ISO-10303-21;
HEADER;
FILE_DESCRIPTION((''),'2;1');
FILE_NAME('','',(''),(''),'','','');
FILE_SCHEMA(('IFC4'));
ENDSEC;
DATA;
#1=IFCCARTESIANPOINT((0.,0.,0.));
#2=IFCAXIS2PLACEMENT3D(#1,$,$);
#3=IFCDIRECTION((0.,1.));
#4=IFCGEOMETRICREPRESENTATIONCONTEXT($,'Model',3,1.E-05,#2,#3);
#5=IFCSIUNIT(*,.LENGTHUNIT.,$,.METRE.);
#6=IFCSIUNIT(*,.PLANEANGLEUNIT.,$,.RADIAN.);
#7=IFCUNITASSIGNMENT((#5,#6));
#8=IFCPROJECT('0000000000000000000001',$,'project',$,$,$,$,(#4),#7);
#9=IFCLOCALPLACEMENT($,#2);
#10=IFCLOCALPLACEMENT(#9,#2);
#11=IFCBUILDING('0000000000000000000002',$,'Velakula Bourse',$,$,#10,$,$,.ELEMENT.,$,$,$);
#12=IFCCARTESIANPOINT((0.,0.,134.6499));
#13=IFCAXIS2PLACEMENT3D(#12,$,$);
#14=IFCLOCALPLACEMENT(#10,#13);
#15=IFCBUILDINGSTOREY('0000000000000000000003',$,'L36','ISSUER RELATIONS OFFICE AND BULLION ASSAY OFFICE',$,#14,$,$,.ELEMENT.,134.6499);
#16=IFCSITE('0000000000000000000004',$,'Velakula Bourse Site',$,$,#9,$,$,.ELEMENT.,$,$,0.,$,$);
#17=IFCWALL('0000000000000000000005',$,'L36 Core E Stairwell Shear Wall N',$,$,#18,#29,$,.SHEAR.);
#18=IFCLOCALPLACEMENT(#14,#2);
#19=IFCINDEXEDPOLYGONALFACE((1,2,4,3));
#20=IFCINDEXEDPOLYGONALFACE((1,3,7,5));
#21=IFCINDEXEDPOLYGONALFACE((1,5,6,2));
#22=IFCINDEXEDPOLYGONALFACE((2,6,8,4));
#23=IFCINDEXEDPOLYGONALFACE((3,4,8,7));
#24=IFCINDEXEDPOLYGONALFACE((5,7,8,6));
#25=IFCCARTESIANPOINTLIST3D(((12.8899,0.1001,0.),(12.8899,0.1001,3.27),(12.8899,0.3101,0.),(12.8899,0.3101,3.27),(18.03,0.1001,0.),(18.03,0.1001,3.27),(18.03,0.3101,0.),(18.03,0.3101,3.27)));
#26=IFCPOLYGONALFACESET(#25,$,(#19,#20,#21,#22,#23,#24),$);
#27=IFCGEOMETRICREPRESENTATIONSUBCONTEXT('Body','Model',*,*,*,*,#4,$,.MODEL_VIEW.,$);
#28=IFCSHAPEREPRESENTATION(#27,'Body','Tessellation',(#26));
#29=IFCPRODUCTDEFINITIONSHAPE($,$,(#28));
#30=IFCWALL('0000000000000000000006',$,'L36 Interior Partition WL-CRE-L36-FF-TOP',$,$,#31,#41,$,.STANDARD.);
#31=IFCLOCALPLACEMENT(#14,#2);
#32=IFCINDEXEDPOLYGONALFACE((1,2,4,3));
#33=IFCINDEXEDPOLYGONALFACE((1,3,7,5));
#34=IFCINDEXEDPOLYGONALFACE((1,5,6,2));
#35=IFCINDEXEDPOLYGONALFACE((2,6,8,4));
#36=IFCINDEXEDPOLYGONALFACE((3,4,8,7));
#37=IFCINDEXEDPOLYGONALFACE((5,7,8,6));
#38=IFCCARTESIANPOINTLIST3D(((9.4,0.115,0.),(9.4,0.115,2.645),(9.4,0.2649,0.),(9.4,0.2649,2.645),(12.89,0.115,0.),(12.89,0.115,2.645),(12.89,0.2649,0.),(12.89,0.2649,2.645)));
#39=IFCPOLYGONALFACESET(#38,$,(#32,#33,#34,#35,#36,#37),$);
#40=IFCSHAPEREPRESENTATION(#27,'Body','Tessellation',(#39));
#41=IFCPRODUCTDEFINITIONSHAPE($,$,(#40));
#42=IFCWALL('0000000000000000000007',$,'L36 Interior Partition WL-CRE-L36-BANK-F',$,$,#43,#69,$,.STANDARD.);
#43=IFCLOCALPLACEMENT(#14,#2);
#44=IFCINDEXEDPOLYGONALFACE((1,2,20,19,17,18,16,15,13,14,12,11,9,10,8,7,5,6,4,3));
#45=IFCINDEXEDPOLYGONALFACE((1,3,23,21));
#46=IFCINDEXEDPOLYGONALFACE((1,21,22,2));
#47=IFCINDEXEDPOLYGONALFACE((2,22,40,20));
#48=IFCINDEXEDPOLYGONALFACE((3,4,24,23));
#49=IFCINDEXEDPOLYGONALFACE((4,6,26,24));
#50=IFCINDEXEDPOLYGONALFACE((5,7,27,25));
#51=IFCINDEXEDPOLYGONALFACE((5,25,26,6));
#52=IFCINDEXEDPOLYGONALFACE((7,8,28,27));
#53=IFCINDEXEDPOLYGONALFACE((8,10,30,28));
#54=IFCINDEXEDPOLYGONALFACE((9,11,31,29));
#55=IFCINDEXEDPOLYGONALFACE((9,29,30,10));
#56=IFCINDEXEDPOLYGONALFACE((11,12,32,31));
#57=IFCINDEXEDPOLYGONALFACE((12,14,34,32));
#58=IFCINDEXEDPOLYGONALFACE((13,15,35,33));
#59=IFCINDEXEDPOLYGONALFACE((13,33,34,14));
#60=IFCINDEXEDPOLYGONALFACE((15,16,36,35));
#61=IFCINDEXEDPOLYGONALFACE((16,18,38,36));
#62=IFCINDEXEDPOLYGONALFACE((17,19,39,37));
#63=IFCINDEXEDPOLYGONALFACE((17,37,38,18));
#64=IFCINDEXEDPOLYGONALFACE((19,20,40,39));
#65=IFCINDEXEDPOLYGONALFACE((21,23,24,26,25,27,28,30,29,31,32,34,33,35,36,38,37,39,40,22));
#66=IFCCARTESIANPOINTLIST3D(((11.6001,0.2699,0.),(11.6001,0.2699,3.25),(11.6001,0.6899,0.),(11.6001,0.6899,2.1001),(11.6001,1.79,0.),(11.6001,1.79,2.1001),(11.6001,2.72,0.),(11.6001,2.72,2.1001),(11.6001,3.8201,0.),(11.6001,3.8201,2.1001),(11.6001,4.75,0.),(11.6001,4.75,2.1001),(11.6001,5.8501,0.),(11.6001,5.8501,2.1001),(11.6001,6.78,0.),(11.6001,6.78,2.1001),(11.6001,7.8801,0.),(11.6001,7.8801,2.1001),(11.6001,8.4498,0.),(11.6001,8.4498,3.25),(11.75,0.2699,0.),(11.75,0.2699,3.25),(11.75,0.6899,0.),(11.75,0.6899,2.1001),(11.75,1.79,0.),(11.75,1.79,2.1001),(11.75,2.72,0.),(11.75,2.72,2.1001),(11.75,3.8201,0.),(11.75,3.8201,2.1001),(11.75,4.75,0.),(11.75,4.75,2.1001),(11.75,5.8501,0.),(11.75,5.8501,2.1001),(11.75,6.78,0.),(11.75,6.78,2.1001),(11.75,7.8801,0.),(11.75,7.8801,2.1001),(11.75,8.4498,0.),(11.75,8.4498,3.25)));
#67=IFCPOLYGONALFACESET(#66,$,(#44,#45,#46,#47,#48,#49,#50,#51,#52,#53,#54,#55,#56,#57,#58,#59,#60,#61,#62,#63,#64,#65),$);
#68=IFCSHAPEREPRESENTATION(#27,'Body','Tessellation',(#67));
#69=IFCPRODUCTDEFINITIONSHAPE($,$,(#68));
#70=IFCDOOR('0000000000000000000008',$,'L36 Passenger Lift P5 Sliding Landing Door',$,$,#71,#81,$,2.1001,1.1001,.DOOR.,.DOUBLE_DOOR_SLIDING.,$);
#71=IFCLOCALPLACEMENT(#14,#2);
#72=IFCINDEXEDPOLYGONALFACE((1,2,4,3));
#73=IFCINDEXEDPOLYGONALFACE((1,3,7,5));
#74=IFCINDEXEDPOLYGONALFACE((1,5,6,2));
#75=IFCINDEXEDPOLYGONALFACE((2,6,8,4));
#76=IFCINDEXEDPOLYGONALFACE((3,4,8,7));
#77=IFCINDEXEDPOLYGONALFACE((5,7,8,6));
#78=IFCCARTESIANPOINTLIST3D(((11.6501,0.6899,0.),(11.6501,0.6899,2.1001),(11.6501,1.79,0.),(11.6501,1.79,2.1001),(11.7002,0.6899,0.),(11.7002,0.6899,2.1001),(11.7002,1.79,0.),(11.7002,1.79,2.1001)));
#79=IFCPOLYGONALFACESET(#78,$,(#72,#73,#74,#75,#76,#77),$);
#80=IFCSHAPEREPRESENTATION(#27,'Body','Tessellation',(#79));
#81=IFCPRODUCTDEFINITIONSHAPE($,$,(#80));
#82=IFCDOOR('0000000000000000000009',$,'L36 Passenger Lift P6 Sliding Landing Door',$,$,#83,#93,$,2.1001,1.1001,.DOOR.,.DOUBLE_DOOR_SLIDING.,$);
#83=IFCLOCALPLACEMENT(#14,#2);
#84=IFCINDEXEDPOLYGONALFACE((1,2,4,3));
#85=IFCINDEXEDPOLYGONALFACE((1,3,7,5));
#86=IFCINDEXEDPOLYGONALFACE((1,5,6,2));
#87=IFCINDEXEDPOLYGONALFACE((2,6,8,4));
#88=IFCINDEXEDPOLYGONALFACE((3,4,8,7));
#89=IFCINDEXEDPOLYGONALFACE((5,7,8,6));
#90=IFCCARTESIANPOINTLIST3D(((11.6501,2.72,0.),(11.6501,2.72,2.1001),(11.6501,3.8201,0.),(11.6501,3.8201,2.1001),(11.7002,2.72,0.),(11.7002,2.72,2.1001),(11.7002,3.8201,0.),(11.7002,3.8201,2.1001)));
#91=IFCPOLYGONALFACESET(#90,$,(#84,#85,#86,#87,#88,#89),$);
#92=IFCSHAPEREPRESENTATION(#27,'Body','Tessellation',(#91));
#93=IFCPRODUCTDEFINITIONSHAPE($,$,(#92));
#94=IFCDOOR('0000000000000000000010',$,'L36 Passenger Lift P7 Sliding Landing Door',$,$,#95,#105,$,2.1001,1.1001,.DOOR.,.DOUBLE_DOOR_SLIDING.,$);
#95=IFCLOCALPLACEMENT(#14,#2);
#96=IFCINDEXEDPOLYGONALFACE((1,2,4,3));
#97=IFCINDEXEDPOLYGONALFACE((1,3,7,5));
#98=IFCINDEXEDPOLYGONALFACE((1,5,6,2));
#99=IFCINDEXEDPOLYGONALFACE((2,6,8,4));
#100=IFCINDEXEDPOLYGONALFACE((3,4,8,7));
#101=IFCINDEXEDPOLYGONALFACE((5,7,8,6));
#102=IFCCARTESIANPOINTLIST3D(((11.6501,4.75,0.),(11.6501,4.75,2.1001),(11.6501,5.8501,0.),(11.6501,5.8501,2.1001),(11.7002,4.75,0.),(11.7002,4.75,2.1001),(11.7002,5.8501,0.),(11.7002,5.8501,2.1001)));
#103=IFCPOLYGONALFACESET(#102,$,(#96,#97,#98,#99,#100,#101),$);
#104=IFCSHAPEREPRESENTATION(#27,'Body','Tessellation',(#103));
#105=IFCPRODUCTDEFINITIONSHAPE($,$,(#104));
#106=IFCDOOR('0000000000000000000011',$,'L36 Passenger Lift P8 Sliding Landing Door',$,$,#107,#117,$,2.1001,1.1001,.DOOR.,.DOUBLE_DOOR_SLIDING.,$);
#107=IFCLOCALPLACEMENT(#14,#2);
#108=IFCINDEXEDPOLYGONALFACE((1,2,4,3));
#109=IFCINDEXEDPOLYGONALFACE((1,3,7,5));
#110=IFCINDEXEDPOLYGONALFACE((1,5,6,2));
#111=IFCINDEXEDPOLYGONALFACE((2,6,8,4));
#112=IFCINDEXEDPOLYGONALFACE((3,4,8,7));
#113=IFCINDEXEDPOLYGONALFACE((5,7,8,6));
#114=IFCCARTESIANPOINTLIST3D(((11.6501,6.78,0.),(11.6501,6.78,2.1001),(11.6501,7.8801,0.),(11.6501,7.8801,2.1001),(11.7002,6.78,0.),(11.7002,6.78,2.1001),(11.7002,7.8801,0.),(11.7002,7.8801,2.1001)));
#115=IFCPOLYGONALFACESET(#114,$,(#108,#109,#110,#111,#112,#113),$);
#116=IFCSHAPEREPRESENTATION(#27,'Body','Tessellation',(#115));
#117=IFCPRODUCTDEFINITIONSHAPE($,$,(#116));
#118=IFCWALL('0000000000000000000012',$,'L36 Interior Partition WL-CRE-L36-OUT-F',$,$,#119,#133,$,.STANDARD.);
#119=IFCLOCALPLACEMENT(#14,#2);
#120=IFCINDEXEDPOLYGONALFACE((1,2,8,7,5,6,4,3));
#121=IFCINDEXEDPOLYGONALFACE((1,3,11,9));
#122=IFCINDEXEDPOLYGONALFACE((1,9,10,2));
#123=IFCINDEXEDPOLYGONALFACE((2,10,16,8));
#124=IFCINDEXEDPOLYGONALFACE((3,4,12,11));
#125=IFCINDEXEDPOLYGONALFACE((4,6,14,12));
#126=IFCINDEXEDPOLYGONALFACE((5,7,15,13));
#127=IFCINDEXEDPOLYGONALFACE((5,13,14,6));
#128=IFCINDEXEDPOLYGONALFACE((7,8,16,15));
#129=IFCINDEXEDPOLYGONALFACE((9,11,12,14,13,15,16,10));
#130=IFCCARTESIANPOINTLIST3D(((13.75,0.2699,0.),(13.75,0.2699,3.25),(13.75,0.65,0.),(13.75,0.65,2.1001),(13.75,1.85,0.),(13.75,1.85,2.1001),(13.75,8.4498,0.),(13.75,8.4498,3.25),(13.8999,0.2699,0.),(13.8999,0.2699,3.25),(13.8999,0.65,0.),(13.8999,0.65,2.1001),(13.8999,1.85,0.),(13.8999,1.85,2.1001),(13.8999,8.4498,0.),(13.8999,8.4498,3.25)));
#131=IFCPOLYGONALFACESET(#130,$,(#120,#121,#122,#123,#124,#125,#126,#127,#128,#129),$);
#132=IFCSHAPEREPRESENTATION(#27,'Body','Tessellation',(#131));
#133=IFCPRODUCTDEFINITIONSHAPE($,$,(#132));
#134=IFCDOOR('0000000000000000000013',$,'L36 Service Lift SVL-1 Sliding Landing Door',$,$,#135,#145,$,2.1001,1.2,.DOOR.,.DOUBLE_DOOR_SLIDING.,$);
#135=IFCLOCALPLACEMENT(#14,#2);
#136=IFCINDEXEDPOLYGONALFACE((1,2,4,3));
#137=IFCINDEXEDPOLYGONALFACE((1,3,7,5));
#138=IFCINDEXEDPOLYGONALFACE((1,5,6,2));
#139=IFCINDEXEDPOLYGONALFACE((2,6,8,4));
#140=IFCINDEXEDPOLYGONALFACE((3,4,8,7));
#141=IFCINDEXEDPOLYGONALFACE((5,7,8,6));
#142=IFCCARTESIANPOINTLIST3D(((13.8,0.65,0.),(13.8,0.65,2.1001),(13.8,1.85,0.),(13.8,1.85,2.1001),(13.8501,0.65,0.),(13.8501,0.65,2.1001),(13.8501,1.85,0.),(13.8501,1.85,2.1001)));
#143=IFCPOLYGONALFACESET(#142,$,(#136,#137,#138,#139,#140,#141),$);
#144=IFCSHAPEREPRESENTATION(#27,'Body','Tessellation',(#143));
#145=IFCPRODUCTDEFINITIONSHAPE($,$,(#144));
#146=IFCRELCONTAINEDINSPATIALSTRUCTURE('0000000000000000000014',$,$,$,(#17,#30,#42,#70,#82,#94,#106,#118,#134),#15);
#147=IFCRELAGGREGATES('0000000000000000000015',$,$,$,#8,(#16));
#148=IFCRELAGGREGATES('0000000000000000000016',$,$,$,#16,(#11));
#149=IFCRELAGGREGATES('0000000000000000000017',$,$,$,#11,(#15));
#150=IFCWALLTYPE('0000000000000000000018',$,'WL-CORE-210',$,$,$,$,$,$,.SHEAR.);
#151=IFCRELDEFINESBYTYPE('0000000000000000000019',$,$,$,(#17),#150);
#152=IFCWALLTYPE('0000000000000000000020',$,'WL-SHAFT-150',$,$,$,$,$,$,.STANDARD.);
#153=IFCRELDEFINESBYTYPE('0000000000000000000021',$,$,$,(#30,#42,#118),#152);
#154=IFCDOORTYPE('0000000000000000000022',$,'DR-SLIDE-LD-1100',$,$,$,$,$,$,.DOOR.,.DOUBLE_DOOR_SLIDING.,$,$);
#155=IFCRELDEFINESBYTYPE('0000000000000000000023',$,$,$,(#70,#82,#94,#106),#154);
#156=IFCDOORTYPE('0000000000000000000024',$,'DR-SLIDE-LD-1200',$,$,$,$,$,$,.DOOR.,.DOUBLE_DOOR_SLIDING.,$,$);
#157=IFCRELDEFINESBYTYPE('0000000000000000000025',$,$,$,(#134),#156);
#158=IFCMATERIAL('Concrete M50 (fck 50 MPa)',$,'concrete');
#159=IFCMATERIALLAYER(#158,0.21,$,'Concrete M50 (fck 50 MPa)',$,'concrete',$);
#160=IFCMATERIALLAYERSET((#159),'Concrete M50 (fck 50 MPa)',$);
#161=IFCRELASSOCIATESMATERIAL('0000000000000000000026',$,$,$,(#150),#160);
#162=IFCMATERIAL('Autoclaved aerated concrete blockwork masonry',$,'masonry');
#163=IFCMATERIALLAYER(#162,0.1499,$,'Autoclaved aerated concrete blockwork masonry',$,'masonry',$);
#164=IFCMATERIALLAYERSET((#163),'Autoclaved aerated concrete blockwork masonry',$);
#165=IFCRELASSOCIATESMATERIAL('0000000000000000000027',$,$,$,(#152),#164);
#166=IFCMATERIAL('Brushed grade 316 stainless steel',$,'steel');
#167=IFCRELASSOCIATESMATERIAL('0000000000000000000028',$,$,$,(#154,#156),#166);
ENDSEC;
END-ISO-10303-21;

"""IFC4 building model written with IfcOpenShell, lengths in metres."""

from ifc_helpers import new_model, si_unit, direction, frame, frame_2d, origin, place, context, subcontext, project, spatial, rectangle, extrude, material, layer, layer_set, type_object, element, fill, save


model = new_model("IFC4")

# Units and contexts
model_context = context("Model", 3, precision=1e-05, world=origin(), true_north=direction((0.0, 1.0)))
body_context = subcontext(model_context, "Body", "Model", "MODEL_VIEW")
ifc_project = project(units=[si_unit("LENGTHUNIT", "METRE"), si_unit("PLANEANGLEUNIT", "RADIAN")], contexts=[model_context])

# Site, building, storey
site_placement = place(None, origin())
site = spatial("IfcSite", under=ifc_project, at=site_placement, Name="Velakula Bourse Site", CompositionType="ELEMENT", RefElevation=0.0)
building_placement = place(site_placement, origin())
building = spatial("IfcBuilding", under=site, at=building_placement, Name="Velakula Bourse", CompositionType="ELEMENT")
storey_placement = place(building_placement, frame((0.0, 0.0, 134.6499)))
storey = spatial("IfcBuildingStorey", under=building, at=storey_placement, Name="L36", Description="ISSUER RELATIONS OFFICE AND BULLION ASSAY OFFICE", CompositionType="ELEMENT", Elevation=134.6499)

# Shared definitions
ifc_material_1 = material(Name="Concrete M50 (fck 50 MPa)", Category="concrete")

# Shared definitions
ifc_layer_1 = layer(ifc_material_1, 0.21, Name="Concrete M50 (fck 50 MPa)", Category="concrete")
ifc_layer_set_1 = layer_set([ifc_layer_1], Name="Concrete M50 (fck 50 MPa)")
wall_type_1 = type_object("IfcWallType", Name="WL-CORE-210", PredefinedType="SHEAR", material=ifc_layer_set_1)

# Wall
wall_1_placement = place(storey_placement, frame((18.03, 0.2051, 0.0), z_axis=(0.0, 0.0, 1.0), x_axis=(-1.0, 0.0, 0.0)))
element("IfcWall", 1, at=wall_1_placement, inside=storey, type_object=wall_type_1, Name="L36 Core E Stairwell Shear Wall N", PredefinedType="SHEAR", context=body_context, shape_type="SweptSolid", body=[
    extrude(rectangle(XDim=5.1401, YDim=0.21, at=frame_2d((2.5701, 0.0))), origin(), (0.0, 0.0, 1.0), 3.27),
])

# Shared definitions
ifc_material_2 = material(Name="Autoclaved aerated concrete blockwork masonry", Category="masonry")
ifc_layer_2 = layer(ifc_material_2, 0.1499, Name="Autoclaved aerated concrete blockwork masonry", Category="masonry")
ifc_layer_set_2 = layer_set([ifc_layer_2], Name="Autoclaved aerated concrete blockwork masonry")
wall_type_2 = type_object("IfcWallType", Name="WL-SHAFT-150", PredefinedType="STANDARD", material=ifc_layer_set_2)
ifc_material_3 = material(Name="Brushed grade 316 stainless steel", Category="steel")

# Wall
wall_2_placement = place(storey_placement, frame((9.3999, 0.1899, 0.0), z_axis=(0.0, 0.0, 1.0), x_axis=(1.0, 0.0, 0.0)))
element("IfcWall", 2, at=wall_2_placement, inside=storey, type_object=wall_type_2, Name="L36 Interior Partition WL-CRE-L36-FF-TOP", PredefinedType="STANDARD", context=body_context, shape_type="SweptSolid", body=[
    extrude(rectangle(XDim=3.49, YDim=0.1499, at=frame_2d((1.7451, 0.0))), origin(), (0.0, 0.0, 1.0), 2.645),
])

# Wall, openings, doors
wall_3_placement = place(storey_placement, frame((11.675, 0.27, 0.0), z_axis=(0.0, 0.0, 1.0), x_axis=(0.0, 1.0, 0.0)))
wall_3 = element("IfcWall", 3, at=wall_3_placement, inside=storey, type_object=wall_type_2, Name="L36 Interior Partition WL-CRE-L36-BANK-F", PredefinedType="STANDARD", context=body_context, shape_type="SweptSolid", body=[
    extrude(rectangle(XDim=8.1799, YDim=0.1499, at=frame_2d((4.0898, 0.0))), origin(), (0.0, 0.0, 1.0), 3.25),
])
opening_1_placement = place(wall_3_placement, frame((0.4199, 0.0, 0.0)))
opening_1 = element("IfcOpeningElement", 4, at=opening_1_placement, cuts=wall_3, PredefinedType="OPENING", context=body_context, shape_type="SweptSolid", body=[
    extrude(rectangle(XDim=1.1001, YDim=2.1001, at=frame_2d((0.55, 1.05))), frame((0.0, 0.085, 0.0), z_axis=(0.0, -1.0, 0.0), x_axis=(1.0, 0.0, 0.0)), (0.0, 0.0, 1.0), 0.1699),
])
opening_2_placement = place(wall_3_placement, frame((2.45, 0.0, 0.0)))
opening_2 = element("IfcOpeningElement", 5, at=opening_2_placement, cuts=wall_3, PredefinedType="OPENING", context=body_context, shape_type="SweptSolid", body=[
    extrude(rectangle(XDim=1.1001, YDim=2.1001, at=frame_2d((0.55, 1.05))), frame((0.0, 0.085, 0.0), z_axis=(0.0, -1.0, 0.0), x_axis=(1.0, 0.0, 0.0)), (0.0, 0.0, 1.0), 0.1699),
])
opening_3_placement = place(wall_3_placement, frame((4.48, 0.0, 0.0)))
opening_3 = element("IfcOpeningElement", 6, at=opening_3_placement, cuts=wall_3, PredefinedType="OPENING", context=body_context, shape_type="SweptSolid", body=[
    extrude(rectangle(XDim=1.1001, YDim=2.1001, at=frame_2d((0.55, 1.05))), frame((0.0, 0.085, 0.0), z_axis=(0.0, -1.0, 0.0), x_axis=(1.0, 0.0, 0.0)), (0.0, 0.0, 1.0), 0.1699),
])
opening_4_placement = place(wall_3_placement, frame((6.51, 0.0, 0.0)))
opening_4 = element("IfcOpeningElement", 7, at=opening_4_placement, cuts=wall_3, PredefinedType="OPENING", context=body_context, shape_type="SweptSolid", body=[
    extrude(rectangle(XDim=1.1001, YDim=2.1001, at=frame_2d((0.55, 1.05))), frame((0.0, 0.085, 0.0), z_axis=(0.0, -1.0, 0.0), x_axis=(1.0, 0.0, 0.0)), (0.0, 0.0, 1.0), 0.1699),
])
door_type_1 = type_object("IfcDoorType", Name="DR-SLIDE-LD-1100", OperationType="DOUBLE_DOOR_SLIDING", PredefinedType="DOOR", material=ifc_material_3)
door_1_placement = place(opening_1_placement, origin())
door_1 = element("IfcDoor", 8, at=door_1_placement, inside=storey, type_object=door_type_1, Name="L36 Passenger Lift P5 Sliding Landing Door", OperationType="DOUBLE_DOOR_SLIDING", OverallHeight=2.1001, OverallWidth=1.1001, PredefinedType="DOOR", context=body_context, shape_type="SweptSolid", body=[
    extrude(rectangle(XDim=1.1001, YDim=2.1001, at=frame_2d((0.55, 1.05))), frame((0.0, 0.0249, 0.0), z_axis=(0.0, -1.0, 0.0), x_axis=(1.0, 0.0, 0.0)), (0.0, 0.0, 1.0), 0.05),
])
fill(opening_1, door_1)
door_2_placement = place(opening_2_placement, origin())
door_2 = element("IfcDoor", 9, at=door_2_placement, inside=storey, type_object=door_type_1, Name="L36 Passenger Lift P6 Sliding Landing Door", OperationType="DOUBLE_DOOR_SLIDING", OverallHeight=2.1001, OverallWidth=1.1001, PredefinedType="DOOR", context=body_context, shape_type="SweptSolid", body=[
    extrude(rectangle(XDim=1.1001, YDim=2.1001, at=frame_2d((0.55, 1.05))), frame((0.0, 0.0249, 0.0), z_axis=(0.0, -1.0, 0.0), x_axis=(1.0, 0.0, 0.0)), (0.0, 0.0, 1.0), 0.05),
])
fill(opening_2, door_2)
door_3_placement = place(opening_3_placement, origin())
door_3 = element("IfcDoor", 10, at=door_3_placement, inside=storey, type_object=door_type_1, Name="L36 Passenger Lift P7 Sliding Landing Door", OperationType="DOUBLE_DOOR_SLIDING", OverallHeight=2.1001, OverallWidth=1.1001, PredefinedType="DOOR", context=body_context, shape_type="SweptSolid", body=[
    extrude(rectangle(XDim=1.1001, YDim=2.1001, at=frame_2d((0.55, 1.05))), frame((0.0, 0.0249, 0.0), z_axis=(0.0, -1.0, 0.0), x_axis=(1.0, 0.0, 0.0)), (0.0, 0.0, 1.0), 0.05),
])
fill(opening_3, door_3)
door_4_placement = place(opening_4_placement, origin())
door_4 = element("IfcDoor", 11, at=door_4_placement, inside=storey, type_object=door_type_1, Name="L36 Passenger Lift P8 Sliding Landing Door", OperationType="DOUBLE_DOOR_SLIDING", OverallHeight=2.1001, OverallWidth=1.1001, PredefinedType="DOOR", context=body_context, shape_type="SweptSolid", body=[
    extrude(rectangle(XDim=1.1001, YDim=2.1001, at=frame_2d((0.55, 1.05))), frame((0.0, 0.0249, 0.0), z_axis=(0.0, -1.0, 0.0), x_axis=(1.0, 0.0, 0.0)), (0.0, 0.0, 1.0), 0.05),
])
fill(opening_4, door_4)

# Wall, opening, door
wall_4_placement = place(storey_placement, frame((13.825, 0.27, 0.0), z_axis=(0.0, 0.0, 1.0), x_axis=(0.0, 1.0, 0.0)))
wall_4 = element("IfcWall", 12, at=wall_4_placement, inside=storey, type_object=wall_type_2, Name="L36 Interior Partition WL-CRE-L36-OUT-F", PredefinedType="STANDARD", context=body_context, shape_type="SweptSolid", body=[
    extrude(rectangle(XDim=8.1799, YDim=0.1499, at=frame_2d((4.0898, 0.0))), origin(), (0.0, 0.0, 1.0), 3.25),
])
opening_5_placement = place(wall_4_placement, frame((0.3799, 0.0, 0.0)))
opening_5 = element("IfcOpeningElement", 13, at=opening_5_placement, cuts=wall_4, PredefinedType="OPENING", context=body_context, shape_type="SweptSolid", body=[
    extrude(rectangle(XDim=1.2, YDim=2.1001, at=frame_2d((0.6001, 1.05))), frame((0.0, 0.085, 0.0), z_axis=(0.0, -1.0, 0.0), x_axis=(1.0, 0.0, 0.0)), (0.0, 0.0, 1.0), 0.1699),
])
door_type_2 = type_object("IfcDoorType", Name="DR-SLIDE-LD-1200", OperationType="DOUBLE_DOOR_SLIDING", PredefinedType="DOOR", material=ifc_material_3)
door_5_placement = place(opening_5_placement, origin())
door_5 = element("IfcDoor", 14, at=door_5_placement, inside=storey, type_object=door_type_2, Name="L36 Service Lift SVL-1 Sliding Landing Door", OperationType="DOUBLE_DOOR_SLIDING", OverallHeight=2.1001, OverallWidth=1.2, PredefinedType="DOOR", context=body_context, shape_type="SweptSolid", body=[
    extrude(rectangle(XDim=1.2, YDim=2.1001, at=frame_2d((0.6001, 1.05))), frame((0.0, 0.0249, 0.0), z_axis=(0.0, -1.0, 0.0), x_axis=(1.0, 0.0, 0.0)), (0.0, 0.0, 1.0), 0.05),
])
fill(opening_5, door_5)

save(model, "model.ifc")
